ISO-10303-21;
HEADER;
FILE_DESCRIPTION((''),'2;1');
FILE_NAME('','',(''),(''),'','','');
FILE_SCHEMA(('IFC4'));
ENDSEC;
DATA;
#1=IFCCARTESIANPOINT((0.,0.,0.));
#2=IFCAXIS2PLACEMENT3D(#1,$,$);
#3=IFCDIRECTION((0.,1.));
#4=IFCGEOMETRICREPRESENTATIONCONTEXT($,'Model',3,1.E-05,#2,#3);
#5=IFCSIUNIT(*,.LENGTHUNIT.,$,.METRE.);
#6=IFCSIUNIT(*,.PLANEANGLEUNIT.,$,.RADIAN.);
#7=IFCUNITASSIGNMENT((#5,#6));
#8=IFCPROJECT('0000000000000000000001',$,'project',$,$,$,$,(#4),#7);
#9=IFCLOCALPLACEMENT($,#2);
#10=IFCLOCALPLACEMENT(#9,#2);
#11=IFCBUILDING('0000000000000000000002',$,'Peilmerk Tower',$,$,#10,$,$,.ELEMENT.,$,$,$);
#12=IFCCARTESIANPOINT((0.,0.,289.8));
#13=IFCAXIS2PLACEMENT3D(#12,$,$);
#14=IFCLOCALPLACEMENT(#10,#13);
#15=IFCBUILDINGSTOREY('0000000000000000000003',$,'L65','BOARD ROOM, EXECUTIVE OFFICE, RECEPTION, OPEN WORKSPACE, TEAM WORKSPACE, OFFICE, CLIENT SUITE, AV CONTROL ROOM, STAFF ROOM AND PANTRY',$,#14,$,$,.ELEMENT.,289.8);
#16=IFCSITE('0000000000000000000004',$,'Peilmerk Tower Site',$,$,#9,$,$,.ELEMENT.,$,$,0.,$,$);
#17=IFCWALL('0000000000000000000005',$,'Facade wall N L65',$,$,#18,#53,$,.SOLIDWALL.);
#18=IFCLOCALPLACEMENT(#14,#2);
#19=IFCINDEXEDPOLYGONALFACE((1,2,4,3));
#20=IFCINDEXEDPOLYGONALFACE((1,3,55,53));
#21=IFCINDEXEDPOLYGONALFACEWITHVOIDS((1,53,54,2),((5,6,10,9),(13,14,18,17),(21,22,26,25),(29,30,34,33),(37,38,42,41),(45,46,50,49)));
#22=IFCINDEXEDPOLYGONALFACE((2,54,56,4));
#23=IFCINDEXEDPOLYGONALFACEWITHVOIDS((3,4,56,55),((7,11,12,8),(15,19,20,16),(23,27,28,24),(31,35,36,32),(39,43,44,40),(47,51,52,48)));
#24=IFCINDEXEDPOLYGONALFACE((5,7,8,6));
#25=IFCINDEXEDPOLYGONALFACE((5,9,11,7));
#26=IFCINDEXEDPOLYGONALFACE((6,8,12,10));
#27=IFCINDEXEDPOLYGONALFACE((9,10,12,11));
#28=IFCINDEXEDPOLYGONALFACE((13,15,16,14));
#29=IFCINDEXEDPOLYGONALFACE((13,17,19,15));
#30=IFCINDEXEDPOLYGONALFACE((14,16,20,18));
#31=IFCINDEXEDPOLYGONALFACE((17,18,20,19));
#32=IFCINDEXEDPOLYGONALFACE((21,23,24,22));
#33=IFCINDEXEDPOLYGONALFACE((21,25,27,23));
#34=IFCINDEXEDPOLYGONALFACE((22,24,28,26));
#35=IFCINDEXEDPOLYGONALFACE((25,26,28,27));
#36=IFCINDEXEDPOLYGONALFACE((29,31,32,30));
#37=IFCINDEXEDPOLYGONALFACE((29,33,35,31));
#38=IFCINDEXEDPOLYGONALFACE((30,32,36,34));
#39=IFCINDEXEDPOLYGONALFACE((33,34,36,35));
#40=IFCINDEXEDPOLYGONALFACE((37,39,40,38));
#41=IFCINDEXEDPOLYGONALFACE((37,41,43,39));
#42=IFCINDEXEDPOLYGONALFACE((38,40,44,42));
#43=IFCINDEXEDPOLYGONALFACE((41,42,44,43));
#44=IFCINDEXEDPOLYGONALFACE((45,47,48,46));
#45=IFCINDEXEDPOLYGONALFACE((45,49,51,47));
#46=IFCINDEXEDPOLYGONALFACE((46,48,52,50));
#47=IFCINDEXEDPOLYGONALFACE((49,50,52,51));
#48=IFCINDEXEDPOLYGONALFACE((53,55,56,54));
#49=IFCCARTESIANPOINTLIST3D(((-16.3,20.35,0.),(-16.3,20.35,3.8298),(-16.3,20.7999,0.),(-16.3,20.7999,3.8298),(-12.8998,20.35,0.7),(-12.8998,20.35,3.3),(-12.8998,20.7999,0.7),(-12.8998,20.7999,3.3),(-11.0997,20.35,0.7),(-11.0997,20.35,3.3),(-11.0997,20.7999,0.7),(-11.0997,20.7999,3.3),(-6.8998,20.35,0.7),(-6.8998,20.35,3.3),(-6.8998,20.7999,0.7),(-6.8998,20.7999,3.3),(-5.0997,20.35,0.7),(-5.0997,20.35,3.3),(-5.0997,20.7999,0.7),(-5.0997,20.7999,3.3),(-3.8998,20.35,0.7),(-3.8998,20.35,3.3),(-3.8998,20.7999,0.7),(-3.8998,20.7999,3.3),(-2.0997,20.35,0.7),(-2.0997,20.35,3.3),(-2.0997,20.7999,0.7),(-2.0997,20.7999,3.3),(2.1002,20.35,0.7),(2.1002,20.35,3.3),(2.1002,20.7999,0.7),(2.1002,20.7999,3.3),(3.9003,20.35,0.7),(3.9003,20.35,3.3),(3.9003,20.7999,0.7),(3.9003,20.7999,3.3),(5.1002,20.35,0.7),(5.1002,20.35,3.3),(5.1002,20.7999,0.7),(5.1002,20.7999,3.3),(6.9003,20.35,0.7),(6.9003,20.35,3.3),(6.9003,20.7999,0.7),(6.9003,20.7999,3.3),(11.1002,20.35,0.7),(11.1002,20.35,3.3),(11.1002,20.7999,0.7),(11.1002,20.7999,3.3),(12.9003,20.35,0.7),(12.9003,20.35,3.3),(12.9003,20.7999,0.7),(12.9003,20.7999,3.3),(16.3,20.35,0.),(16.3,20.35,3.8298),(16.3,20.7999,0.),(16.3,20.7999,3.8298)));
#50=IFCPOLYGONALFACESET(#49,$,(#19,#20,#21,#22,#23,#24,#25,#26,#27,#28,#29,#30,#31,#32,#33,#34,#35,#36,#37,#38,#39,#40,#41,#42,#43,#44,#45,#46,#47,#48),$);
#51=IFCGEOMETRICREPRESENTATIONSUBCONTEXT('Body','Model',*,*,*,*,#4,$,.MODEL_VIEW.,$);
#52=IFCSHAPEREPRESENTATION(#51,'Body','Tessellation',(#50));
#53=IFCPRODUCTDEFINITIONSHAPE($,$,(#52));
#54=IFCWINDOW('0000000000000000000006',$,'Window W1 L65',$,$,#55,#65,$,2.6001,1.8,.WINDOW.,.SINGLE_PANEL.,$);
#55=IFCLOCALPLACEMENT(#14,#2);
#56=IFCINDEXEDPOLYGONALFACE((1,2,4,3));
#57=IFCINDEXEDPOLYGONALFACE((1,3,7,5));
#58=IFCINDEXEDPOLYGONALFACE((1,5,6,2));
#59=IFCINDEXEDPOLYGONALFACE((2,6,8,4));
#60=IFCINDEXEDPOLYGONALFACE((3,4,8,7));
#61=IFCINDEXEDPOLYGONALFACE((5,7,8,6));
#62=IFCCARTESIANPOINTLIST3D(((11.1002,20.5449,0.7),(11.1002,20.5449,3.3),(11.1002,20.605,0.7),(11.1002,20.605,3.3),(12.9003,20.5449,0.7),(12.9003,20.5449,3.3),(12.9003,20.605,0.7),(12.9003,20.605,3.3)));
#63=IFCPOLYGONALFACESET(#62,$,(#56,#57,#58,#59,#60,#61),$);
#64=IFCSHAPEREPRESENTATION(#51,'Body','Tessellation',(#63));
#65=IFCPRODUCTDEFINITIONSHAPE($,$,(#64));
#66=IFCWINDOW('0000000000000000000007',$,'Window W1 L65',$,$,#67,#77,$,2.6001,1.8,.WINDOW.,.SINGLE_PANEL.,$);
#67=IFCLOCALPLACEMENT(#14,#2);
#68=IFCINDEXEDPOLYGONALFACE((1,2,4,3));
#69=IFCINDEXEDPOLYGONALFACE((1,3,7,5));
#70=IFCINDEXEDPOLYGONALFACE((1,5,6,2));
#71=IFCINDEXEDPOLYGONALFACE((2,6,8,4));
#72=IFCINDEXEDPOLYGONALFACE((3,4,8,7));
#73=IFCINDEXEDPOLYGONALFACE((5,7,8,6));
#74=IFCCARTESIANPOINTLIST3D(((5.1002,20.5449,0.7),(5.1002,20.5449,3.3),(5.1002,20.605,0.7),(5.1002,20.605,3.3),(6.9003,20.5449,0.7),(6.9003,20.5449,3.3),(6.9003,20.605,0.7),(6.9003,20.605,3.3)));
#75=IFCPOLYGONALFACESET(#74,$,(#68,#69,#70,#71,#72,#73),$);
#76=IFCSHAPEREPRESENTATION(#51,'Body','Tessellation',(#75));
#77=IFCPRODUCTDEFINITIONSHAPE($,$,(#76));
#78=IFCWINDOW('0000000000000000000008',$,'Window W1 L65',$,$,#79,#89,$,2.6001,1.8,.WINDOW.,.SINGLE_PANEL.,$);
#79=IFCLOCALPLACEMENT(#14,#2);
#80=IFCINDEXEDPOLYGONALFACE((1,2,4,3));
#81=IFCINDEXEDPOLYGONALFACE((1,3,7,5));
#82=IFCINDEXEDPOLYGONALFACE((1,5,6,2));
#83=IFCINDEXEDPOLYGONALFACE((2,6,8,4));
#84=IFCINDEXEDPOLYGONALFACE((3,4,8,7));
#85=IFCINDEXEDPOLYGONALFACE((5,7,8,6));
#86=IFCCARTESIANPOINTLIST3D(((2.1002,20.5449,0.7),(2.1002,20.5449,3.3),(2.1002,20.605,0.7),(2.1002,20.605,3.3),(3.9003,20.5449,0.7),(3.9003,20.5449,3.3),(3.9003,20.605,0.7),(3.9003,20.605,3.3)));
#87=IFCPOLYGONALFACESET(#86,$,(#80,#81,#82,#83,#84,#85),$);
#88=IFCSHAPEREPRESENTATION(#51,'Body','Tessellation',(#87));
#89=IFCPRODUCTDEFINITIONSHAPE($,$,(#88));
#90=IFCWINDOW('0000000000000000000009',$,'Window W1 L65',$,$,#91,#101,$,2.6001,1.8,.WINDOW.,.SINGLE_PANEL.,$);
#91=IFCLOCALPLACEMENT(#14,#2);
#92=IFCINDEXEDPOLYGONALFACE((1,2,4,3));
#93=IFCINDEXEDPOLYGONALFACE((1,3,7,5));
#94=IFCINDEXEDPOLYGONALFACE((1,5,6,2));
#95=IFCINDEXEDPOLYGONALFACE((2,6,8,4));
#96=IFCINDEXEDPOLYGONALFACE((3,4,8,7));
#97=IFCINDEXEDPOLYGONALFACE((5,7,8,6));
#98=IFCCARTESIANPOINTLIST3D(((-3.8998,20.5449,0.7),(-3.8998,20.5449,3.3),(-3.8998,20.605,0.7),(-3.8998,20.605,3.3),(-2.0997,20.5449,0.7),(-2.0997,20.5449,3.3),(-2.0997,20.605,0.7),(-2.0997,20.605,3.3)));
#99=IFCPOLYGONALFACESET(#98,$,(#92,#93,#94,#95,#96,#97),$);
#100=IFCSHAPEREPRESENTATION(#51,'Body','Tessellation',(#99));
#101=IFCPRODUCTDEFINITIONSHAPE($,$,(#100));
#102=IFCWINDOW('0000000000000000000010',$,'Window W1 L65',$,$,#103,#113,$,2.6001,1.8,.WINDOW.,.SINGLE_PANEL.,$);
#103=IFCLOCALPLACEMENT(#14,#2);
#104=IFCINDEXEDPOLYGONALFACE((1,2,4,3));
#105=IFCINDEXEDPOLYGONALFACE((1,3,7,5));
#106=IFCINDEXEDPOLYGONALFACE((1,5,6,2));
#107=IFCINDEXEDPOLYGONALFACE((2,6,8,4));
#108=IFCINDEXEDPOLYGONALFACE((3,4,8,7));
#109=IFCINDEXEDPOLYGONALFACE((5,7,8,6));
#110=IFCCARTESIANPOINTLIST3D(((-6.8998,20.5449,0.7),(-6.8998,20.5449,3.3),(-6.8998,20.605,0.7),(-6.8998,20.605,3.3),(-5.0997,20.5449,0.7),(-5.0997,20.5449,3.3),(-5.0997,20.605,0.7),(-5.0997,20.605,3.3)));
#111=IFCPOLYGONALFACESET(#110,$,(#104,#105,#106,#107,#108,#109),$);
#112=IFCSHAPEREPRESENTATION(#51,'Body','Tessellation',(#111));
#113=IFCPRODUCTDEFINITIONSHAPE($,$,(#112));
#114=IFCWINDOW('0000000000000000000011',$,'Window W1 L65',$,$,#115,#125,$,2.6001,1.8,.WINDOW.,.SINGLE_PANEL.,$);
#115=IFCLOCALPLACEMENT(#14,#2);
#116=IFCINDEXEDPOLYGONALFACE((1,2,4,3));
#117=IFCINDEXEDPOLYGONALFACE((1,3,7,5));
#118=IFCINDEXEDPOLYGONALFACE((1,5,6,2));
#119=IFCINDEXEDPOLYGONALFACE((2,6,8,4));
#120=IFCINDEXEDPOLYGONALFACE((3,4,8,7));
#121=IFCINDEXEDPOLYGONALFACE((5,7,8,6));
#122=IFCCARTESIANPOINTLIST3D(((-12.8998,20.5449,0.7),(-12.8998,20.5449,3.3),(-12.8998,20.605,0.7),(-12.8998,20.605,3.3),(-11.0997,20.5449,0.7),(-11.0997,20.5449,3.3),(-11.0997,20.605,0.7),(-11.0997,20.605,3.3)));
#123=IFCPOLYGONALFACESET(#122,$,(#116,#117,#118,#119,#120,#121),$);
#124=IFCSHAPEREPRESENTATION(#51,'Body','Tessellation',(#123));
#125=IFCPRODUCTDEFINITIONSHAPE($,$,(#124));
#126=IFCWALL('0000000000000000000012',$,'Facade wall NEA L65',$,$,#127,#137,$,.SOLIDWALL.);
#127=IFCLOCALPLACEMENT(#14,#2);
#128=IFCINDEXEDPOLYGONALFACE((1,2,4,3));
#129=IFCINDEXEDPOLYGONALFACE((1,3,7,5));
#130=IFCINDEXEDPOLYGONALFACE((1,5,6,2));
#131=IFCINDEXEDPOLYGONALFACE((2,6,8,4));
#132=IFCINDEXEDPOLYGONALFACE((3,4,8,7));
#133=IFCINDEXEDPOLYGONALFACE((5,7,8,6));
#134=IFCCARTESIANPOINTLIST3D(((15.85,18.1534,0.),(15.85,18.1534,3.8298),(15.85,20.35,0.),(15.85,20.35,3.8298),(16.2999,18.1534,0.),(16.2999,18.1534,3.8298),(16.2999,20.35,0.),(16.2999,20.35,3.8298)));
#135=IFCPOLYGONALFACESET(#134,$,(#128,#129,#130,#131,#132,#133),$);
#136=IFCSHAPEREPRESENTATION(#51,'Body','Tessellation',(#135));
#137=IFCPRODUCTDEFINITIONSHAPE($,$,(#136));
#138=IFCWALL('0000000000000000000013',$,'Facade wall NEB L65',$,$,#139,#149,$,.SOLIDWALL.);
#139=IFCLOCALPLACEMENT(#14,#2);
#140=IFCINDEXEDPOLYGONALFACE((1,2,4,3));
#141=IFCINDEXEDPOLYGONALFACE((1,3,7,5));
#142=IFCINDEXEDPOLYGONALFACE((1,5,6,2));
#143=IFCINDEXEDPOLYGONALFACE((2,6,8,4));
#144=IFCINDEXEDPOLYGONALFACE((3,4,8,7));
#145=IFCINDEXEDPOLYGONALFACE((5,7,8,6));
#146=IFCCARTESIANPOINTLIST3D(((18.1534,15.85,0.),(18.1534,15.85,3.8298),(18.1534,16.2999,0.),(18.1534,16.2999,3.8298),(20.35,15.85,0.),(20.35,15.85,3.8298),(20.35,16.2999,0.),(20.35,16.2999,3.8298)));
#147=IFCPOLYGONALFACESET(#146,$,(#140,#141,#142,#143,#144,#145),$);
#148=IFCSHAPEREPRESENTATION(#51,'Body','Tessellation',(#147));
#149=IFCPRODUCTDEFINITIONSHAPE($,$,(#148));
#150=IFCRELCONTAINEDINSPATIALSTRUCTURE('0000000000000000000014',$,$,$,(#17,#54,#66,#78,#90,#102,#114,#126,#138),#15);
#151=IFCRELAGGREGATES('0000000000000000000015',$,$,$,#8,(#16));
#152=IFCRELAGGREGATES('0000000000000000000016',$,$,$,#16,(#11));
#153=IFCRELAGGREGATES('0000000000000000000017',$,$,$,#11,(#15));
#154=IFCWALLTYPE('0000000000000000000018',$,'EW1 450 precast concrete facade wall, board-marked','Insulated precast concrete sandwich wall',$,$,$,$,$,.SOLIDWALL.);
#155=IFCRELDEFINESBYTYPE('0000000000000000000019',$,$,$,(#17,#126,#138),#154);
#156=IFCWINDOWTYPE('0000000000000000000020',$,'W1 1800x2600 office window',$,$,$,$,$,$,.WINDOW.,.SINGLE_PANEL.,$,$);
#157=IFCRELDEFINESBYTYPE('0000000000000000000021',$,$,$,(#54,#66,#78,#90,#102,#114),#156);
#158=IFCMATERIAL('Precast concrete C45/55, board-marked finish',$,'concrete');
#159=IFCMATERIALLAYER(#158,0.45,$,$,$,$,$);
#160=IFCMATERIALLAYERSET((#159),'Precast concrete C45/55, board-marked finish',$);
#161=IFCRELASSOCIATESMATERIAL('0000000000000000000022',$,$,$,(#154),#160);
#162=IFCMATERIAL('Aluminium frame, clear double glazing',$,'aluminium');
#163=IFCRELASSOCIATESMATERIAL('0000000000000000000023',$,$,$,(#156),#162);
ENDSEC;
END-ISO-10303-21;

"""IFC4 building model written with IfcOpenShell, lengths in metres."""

from ifc_helpers import new_model, si_unit, direction, frame, frame_2d, origin, place, context, subcontext, project, spatial, rectangle, extrude, material, layer, layer_set, type_object, element, fill, save


model = new_model("IFC4")

# Units and contexts
model_context = context("Model", 3, precision=1e-05, world=origin(), true_north=direction((0.0, 1.0)))
body_context = subcontext(model_context, "Body", "Model", "MODEL_VIEW")
ifc_project = project(units=[si_unit("LENGTHUNIT", "METRE"), si_unit("PLANEANGLEUNIT", "RADIAN")], contexts=[model_context])

# Site, building, storey
site_placement = place(None, origin())
site = spatial("IfcSite", under=ifc_project, at=site_placement, Name="Peilmerk Tower Site", CompositionType="ELEMENT", RefElevation=0.0)
building_placement = place(site_placement, origin())
building = spatial("IfcBuilding", under=site, at=building_placement, Name="Peilmerk Tower", CompositionType="ELEMENT")
storey_placement = place(building_placement, frame((0.0, 0.0, 289.8)))
storey = spatial("IfcBuildingStorey", under=building, at=storey_placement, Name="L65", Description="BOARD ROOM, EXECUTIVE OFFICE, RECEPTION, OPEN WORKSPACE, TEAM WORKSPACE, OFFICE, CLIENT SUITE, AV CONTROL ROOM, STAFF ROOM AND PANTRY", CompositionType="ELEMENT", Elevation=289.8)

# Wall, openings, windows
ifc_material_1 = material(Name="Precast concrete C45/55, board-marked finish", Category="concrete")
ifc_layer_1 = layer(ifc_material_1, 0.45)
ifc_layer_set_1 = layer_set([ifc_layer_1], Name="Precast concrete C45/55, board-marked finish")
wall_type = type_object("IfcWallType", Name="EW1 450 precast concrete facade wall, board-marked", Description="Insulated precast concrete sandwich wall", PredefinedType="SOLIDWALL", material=ifc_layer_set_1)
wall_placement = place(storey_placement, frame((16.3, 20.575, 0.0), z_axis=(0.0, 0.0, 1.0), x_axis=(-1.0, 0.0, 0.0)))
wall = element("IfcWall", 1, at=wall_placement, inside=storey, type_object=wall_type, Name="Facade wall N L65", PredefinedType="SOLIDWALL", context=body_context, shape_type="SweptSolid", body=[
    extrude(rectangle(XDim=32.6001, YDim=0.45, at=frame_2d((16.3, 0.0))), origin(), (0.0, 0.0, 1.0), 3.8298),
])
opening_1_placement = place(wall_placement, frame((3.3999, 0.0, 0.7)))
opening_1 = element("IfcOpeningElement", 2, at=opening_1_placement, cuts=wall, PredefinedType="OPENING", context=body_context, shape_type="SweptSolid", body=[
    extrude(rectangle(XDim=1.8, YDim=2.6001, at=frame_2d((0.8999, 1.3))), frame((0.0, 0.2349, 0.0), z_axis=(0.0, -1.0, 0.0), x_axis=(1.0, 0.0, 0.0)), (0.0, 0.0, 1.0), 0.47),
])
opening_2_placement = place(wall_placement, frame((9.3999, 0.0, 0.7)))
opening_2 = element("IfcOpeningElement", 3, at=opening_2_placement, cuts=wall, PredefinedType="OPENING", context=body_context, shape_type="SweptSolid", body=[
    extrude(rectangle(XDim=1.8, YDim=2.6001, at=frame_2d((0.8999, 1.3))), frame((0.0, 0.2349, 0.0), z_axis=(0.0, -1.0, 0.0), x_axis=(1.0, 0.0, 0.0)), (0.0, 0.0, 1.0), 0.47),
])
opening_3_placement = place(wall_placement, frame((12.3999, 0.0, 0.7)))
opening_3 = element("IfcOpeningElement", 4, at=opening_3_placement, cuts=wall, PredefinedType="OPENING", context=body_context, shape_type="SweptSolid", body=[
    extrude(rectangle(XDim=1.8, YDim=2.6001, at=frame_2d((0.8999, 1.3))), frame((0.0, 0.2349, 0.0), z_axis=(0.0, -1.0, 0.0), x_axis=(1.0, 0.0, 0.0)), (0.0, 0.0, 1.0), 0.47),
])
opening_4_placement = place(wall_placement, frame((18.3999, 0.0, 0.7)))
opening_4 = element("IfcOpeningElement", 5, at=opening_4_placement, cuts=wall, PredefinedType="OPENING", context=body_context, shape_type="SweptSolid", body=[
    extrude(rectangle(XDim=1.8, YDim=2.6001, at=frame_2d((0.8999, 1.3))), frame((0.0, 0.2349, 0.0), z_axis=(0.0, -1.0, 0.0), x_axis=(1.0, 0.0, 0.0)), (0.0, 0.0, 1.0), 0.47),
])
opening_5_placement = place(wall_placement, frame((21.3999, 0.0, 0.7)))
opening_5 = element("IfcOpeningElement", 6, at=opening_5_placement, cuts=wall, PredefinedType="OPENING", context=body_context, shape_type="SweptSolid", body=[
    extrude(rectangle(XDim=1.8, YDim=2.6001, at=frame_2d((0.8999, 1.3))), frame((0.0, 0.2349, 0.0), z_axis=(0.0, -1.0, 0.0), x_axis=(1.0, 0.0, 0.0)), (0.0, 0.0, 1.0), 0.47),
])
opening_6_placement = place(wall_placement, frame((27.3999, 0.0, 0.7)))
opening_6 = element("IfcOpeningElement", 7, at=opening_6_placement, cuts=wall, PredefinedType="OPENING", context=body_context, shape_type="SweptSolid", body=[
    extrude(rectangle(XDim=1.8, YDim=2.6001, at=frame_2d((0.8999, 1.3))), frame((0.0, 0.2349, 0.0), z_axis=(0.0, -1.0, 0.0), x_axis=(1.0, 0.0, 0.0)), (0.0, 0.0, 1.0), 0.47),
])
ifc_material_2 = material(Name="Aluminium frame, clear double glazing", Category="aluminium")
window_type = type_object("IfcWindowType", Name="W1 1800x2600 office window", PartitioningType="SINGLE_PANEL", PredefinedType="WINDOW", material=ifc_material_2)
window_1_placement = place(opening_1_placement, origin())
window_1 = element("IfcWindow", 8, at=window_1_placement, inside=storey, type_object=window_type, Name="Window W1 L65", OverallHeight=2.6001, OverallWidth=1.8, PartitioningType="SINGLE_PANEL", PredefinedType="WINDOW", context=body_context, shape_type="SweptSolid", body=[
    extrude(rectangle(XDim=1.8, YDim=2.6001, at=frame_2d((0.8999, 1.3))), frame((0.0, 0.03, 0.0), z_axis=(0.0, -1.0, 0.0), x_axis=(1.0, 0.0, 0.0)), (0.0, 0.0, 1.0), 0.0601),
])
fill(opening_1, window_1)
window_2_placement = place(opening_2_placement, origin())
window_2 = element("IfcWindow", 9, at=window_2_placement, inside=storey, type_object=window_type, Name="Window W1 L65", OverallHeight=2.6001, OverallWidth=1.8, PartitioningType="SINGLE_PANEL", PredefinedType="WINDOW", context=body_context, shape_type="SweptSolid", body=[
    extrude(rectangle(XDim=1.8, YDim=2.6001, at=frame_2d((0.8999, 1.3))), frame((0.0, 0.03, 0.0), z_axis=(0.0, -1.0, 0.0), x_axis=(1.0, 0.0, 0.0)), (0.0, 0.0, 1.0), 0.0601),
])
fill(opening_2, window_2)
window_3_placement = place(opening_3_placement, origin())
window_3 = element("IfcWindow", 10, at=window_3_placement, inside=storey, type_object=window_type, Name="Window W1 L65", OverallHeight=2.6001, OverallWidth=1.8, PartitioningType="SINGLE_PANEL", PredefinedType="WINDOW", context=body_context, shape_type="SweptSolid", body=[
    extrude(rectangle(XDim=1.8, YDim=2.6001, at=frame_2d((0.8999, 1.3))), frame((0.0, 0.03, 0.0), z_axis=(0.0, -1.0, 0.0), x_axis=(1.0, 0.0, 0.0)), (0.0, 0.0, 1.0), 0.0601),
])
fill(opening_3, window_3)
window_4_placement = place(opening_4_placement, origin())
window_4 = element("IfcWindow", 11, at=window_4_placement, inside=storey, type_object=window_type, Name="Window W1 L65", OverallHeight=2.6001, OverallWidth=1.8, PartitioningType="SINGLE_PANEL", PredefinedType="WINDOW", context=body_context, shape_type="SweptSolid", body=[
    extrude(rectangle(XDim=1.8, YDim=2.6001, at=frame_2d((0.8999, 1.3))), frame((0.0, 0.03, 0.0), z_axis=(0.0, -1.0, 0.0), x_axis=(1.0, 0.0, 0.0)), (0.0, 0.0, 1.0), 0.0601),
])
fill(opening_4, window_4)
window_5_placement = place(opening_5_placement, origin())
window_5 = element("IfcWindow", 12, at=window_5_placement, inside=storey, type_object=window_type, Name="Window W1 L65", OverallHeight=2.6001, OverallWidth=1.8, PartitioningType="SINGLE_PANEL", PredefinedType="WINDOW", context=body_context, shape_type="SweptSolid", body=[
    extrude(rectangle(XDim=1.8, YDim=2.6001, at=frame_2d((0.8999, 1.3))), frame((0.0, 0.03, 0.0), z_axis=(0.0, -1.0, 0.0), x_axis=(1.0, 0.0, 0.0)), (0.0, 0.0, 1.0), 0.0601),
])
fill(opening_5, window_5)
window_6_placement = place(opening_6_placement, origin())
window_6 = element("IfcWindow", 13, at=window_6_placement, inside=storey, type_object=window_type, Name="Window W1 L65", OverallHeight=2.6001, OverallWidth=1.8, PartitioningType="SINGLE_PANEL", PredefinedType="WINDOW", context=body_context, shape_type="SweptSolid", body=[
    extrude(rectangle(XDim=1.8, YDim=2.6001, at=frame_2d((0.8999, 1.3))), frame((0.0, 0.03, 0.0), z_axis=(0.0, -1.0, 0.0), x_axis=(1.0, 0.0, 0.0)), (0.0, 0.0, 1.0), 0.0601),
])
fill(opening_6, window_6)

# Walls
for number, where, z_axis, x_axis, name in (
    (14, (16.075, 18.1536, 0.0), (0.0, 0.0, 1.0), (0.0, 1.0, 0.0), "Facade wall NEA L65"),
    (15, (18.1536, 16.075, 0.0), (0.0, 0.0, 1.0), (1.0, 0.0, 0.0), "Facade wall NEB L65"),
):
    element("IfcWall", number, at=place(storey_placement, frame(where, z_axis=z_axis, x_axis=x_axis)), inside=storey, type_object=wall_type, Name=name, PredefinedType="SOLIDWALL", context=body_context, shape_type="SweptSolid", body=[
        extrude(rectangle(XDim=2.1965, YDim=0.45, at=frame_2d((1.0981, 0.0))), origin(), (0.0, 0.0, 1.0), 3.8298),
    ])

save(model, "model.ifc")
